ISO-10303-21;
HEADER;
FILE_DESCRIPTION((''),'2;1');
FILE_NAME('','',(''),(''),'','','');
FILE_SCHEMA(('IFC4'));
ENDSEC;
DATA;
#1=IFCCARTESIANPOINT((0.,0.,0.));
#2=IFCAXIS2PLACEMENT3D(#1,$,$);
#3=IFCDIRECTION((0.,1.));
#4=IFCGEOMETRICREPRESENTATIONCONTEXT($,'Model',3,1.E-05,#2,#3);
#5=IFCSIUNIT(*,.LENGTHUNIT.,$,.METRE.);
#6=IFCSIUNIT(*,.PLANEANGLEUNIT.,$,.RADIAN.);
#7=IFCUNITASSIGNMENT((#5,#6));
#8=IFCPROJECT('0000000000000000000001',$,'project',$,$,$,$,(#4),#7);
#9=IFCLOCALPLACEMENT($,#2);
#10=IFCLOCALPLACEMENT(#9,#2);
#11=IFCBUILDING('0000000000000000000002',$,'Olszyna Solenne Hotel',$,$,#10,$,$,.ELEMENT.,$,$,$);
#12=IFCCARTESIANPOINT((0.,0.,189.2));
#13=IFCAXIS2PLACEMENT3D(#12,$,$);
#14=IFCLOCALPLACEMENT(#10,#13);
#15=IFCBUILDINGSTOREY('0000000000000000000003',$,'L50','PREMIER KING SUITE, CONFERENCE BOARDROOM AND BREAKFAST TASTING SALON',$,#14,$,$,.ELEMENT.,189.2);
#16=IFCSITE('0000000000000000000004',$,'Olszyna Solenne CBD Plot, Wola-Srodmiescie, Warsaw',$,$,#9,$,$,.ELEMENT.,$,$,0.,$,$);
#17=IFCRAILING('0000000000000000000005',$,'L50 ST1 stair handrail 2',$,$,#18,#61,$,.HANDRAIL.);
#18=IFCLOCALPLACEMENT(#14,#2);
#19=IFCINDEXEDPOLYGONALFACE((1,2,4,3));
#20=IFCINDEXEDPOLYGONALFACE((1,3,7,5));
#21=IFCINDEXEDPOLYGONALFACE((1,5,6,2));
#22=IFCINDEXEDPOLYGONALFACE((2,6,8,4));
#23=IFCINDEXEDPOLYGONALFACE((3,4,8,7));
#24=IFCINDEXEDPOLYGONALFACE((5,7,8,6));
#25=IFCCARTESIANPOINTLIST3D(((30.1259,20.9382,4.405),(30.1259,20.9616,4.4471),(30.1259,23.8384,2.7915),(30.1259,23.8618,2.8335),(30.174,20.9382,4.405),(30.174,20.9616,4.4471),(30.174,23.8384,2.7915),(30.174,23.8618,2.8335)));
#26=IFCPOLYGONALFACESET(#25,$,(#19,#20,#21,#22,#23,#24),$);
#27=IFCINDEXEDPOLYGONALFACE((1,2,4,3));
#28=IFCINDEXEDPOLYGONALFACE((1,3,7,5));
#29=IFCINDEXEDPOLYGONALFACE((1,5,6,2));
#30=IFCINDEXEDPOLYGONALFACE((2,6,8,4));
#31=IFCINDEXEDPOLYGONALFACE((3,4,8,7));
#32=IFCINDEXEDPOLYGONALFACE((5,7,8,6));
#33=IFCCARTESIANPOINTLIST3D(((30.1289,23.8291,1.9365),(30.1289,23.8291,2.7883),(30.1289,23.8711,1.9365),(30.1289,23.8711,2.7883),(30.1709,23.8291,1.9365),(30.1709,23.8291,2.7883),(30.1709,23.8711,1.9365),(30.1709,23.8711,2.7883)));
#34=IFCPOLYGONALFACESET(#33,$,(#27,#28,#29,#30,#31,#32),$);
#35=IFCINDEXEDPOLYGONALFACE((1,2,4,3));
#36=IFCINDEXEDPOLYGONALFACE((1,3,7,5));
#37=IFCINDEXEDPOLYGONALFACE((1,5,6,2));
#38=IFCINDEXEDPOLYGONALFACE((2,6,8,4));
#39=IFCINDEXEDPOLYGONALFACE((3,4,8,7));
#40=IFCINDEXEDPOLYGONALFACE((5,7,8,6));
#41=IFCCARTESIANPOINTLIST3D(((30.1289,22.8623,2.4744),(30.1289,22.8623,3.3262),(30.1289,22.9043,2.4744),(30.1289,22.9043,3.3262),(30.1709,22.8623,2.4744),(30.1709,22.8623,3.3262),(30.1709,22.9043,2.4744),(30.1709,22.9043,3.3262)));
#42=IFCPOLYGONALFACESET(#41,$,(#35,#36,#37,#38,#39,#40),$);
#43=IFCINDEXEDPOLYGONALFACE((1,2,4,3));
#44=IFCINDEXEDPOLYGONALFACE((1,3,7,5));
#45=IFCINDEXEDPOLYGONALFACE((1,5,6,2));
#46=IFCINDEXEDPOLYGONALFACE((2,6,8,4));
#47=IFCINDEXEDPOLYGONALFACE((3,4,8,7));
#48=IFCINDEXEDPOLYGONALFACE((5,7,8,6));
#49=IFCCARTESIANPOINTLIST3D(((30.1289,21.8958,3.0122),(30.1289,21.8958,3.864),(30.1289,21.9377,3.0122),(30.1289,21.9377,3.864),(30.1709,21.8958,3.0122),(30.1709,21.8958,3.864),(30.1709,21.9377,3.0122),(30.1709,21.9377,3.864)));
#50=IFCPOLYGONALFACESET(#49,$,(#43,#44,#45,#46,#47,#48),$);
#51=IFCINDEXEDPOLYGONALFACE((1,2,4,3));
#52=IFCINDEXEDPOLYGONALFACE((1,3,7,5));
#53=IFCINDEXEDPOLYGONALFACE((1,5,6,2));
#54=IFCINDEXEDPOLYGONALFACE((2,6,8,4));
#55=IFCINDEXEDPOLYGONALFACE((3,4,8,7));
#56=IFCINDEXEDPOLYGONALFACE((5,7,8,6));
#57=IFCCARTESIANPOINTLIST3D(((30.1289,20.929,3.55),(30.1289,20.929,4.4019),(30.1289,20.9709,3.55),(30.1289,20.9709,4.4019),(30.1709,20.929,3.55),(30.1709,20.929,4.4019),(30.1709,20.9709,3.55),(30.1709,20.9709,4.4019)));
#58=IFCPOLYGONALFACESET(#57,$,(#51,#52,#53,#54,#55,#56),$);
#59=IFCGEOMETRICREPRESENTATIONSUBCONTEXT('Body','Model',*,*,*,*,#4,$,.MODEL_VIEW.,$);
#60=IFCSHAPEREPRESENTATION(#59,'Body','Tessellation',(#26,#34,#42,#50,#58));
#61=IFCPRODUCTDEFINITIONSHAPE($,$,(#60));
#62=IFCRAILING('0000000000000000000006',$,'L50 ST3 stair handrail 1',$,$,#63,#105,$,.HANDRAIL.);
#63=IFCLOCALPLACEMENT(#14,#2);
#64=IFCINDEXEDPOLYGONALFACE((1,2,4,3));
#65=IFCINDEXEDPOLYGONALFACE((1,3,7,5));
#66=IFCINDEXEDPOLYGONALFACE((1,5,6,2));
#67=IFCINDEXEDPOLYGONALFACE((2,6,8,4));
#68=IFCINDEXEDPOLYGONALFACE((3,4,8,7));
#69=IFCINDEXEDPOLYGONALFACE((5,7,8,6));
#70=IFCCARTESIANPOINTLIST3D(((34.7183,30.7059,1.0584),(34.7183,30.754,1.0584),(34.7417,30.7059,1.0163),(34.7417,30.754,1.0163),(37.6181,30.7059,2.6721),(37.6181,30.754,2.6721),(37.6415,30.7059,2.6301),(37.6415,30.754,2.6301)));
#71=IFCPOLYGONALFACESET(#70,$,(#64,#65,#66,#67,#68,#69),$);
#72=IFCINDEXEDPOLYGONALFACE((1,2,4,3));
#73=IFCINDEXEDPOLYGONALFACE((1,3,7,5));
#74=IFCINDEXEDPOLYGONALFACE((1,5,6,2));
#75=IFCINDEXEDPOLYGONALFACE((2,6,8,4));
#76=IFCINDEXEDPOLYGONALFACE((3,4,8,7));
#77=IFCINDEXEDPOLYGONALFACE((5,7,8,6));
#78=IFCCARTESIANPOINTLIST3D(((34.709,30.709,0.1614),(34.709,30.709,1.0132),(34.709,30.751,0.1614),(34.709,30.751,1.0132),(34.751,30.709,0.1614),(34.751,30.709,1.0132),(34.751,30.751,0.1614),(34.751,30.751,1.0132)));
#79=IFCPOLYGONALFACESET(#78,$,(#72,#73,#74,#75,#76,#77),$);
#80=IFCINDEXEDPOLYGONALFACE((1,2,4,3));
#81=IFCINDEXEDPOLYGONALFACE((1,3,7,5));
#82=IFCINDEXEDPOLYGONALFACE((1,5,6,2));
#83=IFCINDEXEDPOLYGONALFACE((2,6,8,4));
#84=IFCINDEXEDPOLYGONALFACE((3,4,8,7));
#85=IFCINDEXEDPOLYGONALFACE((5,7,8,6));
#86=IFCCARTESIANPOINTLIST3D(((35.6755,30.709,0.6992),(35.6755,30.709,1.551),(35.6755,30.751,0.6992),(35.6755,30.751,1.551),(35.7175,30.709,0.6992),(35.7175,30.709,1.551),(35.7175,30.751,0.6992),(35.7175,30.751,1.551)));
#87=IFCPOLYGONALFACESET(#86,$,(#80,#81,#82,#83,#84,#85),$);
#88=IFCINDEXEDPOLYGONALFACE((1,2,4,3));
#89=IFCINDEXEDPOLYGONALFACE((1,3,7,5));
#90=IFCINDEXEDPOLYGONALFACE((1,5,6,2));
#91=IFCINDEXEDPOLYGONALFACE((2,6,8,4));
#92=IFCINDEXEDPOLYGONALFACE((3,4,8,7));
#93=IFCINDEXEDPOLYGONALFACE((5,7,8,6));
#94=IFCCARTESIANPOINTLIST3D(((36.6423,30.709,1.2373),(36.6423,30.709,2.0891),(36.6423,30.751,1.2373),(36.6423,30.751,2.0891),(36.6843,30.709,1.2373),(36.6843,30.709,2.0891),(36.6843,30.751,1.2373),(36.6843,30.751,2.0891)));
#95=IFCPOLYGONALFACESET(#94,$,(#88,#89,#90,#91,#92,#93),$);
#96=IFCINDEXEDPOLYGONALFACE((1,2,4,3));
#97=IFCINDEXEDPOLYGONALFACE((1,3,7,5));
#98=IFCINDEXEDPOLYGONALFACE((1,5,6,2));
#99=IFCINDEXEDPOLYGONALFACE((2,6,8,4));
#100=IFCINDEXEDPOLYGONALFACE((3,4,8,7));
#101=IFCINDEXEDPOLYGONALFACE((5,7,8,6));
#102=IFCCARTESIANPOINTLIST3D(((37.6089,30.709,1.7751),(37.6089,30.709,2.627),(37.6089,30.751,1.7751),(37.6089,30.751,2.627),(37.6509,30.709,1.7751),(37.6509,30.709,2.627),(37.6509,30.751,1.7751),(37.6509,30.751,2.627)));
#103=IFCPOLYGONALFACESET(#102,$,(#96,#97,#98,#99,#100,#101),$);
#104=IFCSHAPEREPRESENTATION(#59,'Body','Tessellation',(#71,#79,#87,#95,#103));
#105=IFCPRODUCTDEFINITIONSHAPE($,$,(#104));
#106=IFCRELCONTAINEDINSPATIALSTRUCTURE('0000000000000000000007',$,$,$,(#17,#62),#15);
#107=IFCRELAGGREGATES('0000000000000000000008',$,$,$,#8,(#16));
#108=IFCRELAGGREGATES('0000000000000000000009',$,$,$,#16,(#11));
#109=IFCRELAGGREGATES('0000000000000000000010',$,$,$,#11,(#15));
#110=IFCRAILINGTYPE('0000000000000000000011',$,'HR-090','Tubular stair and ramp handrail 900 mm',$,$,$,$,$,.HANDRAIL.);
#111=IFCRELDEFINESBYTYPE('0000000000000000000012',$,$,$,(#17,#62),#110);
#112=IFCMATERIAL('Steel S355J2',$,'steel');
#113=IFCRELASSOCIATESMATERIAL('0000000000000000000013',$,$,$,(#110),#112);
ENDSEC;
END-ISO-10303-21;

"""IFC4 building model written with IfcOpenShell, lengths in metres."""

from ifc_helpers import new_model, si_unit, direction, frame, origin, origin_2d, place, context, subcontext, project, spatial, rectangle, extrude, material, type_object, element, save


model = new_model("IFC4")

# Units and contexts
model_context = context("Model", 3, precision=1e-05, world=origin(), true_north=direction((0.0, 1.0)))
body_context = subcontext(model_context, "Body", "Model", "MODEL_VIEW")
ifc_project = project(units=[si_unit("LENGTHUNIT", "METRE"), si_unit("PLANEANGLEUNIT", "RADIAN")], contexts=[model_context])

# Site, building, storey
site_placement = place(None, origin())
site = spatial("IfcSite", under=ifc_project, at=site_placement, Name="Olszyna Solenne CBD Plot, Wola-Srodmiescie, Warsaw", CompositionType="ELEMENT", RefElevation=0.0)
building_placement = place(site_placement, origin())
building = spatial("IfcBuilding", under=site, at=building_placement, Name="Olszyna Solenne Hotel", CompositionType="ELEMENT")
storey_placement = place(building_placement, frame((0.0, 0.0, 189.2)))
storey = spatial("IfcBuildingStorey", under=building, at=storey_placement, Name="L50", Description="PREMIER KING SUITE, CONFERENCE BOARDROOM AND BREAKFAST TASTING SALON", CompositionType="ELEMENT", Elevation=189.2)

# Shared definitions
ifc_material_1 = material(Name="Steel S355J2", Category="steel")

# Railings
railing_type_1 = type_object("IfcRailingType", Name="HR-090", Description="Tubular stair and ramp handrail 900 mm", PredefinedType="HANDRAIL", material=ifc_material_1)
railing_1_placement = place(storey_placement, frame((30.1499, 23.8501, 1.9365)))
element("IfcRailing", 1, at=railing_1_placement, inside=storey, type_object=railing_type_1, Name="L50 ST1 stair handrail 2", PredefinedType="HANDRAIL", context=body_context, shape_type="SweptSolid", body=[
    extrude(rectangle(XDim=0.0481, YDim=0.0481, at=origin_2d()), frame((0.0, 0.0, 0.876), z_axis=(0.0, -0.873859, 0.48618), x_axis=(1.0, 0.0, 0.0)), (0.0, 0.0, 1.0), 3.3188),
    extrude(rectangle(XDim=0.042, YDim=0.042, at=origin_2d()), origin(), (0.0, 0.0, 1.0), 0.8518),
    extrude(rectangle(XDim=0.042, YDim=0.042, at=origin_2d()), frame((0.0, -0.9668, 0.5378)), (0.0, 0.0, 1.0), 0.8518),
    extrude(rectangle(XDim=0.042, YDim=0.042, at=origin_2d()), frame((0.0, -1.9333, 1.0757)), (0.0, 0.0, 1.0), 0.8518),
    extrude(rectangle(XDim=0.042, YDim=0.042, at=origin_2d()), frame((0.0, -2.9001, 1.6135)), (0.0, 0.0, 1.0), 0.8518),
])
railing_2_placement = place(storey_placement, frame((34.73, 30.73, 0.1614)))
element("IfcRailing", 2, at=railing_2_placement, inside=storey, type_object=railing_type_1, Name="L50 ST3 stair handrail 1", PredefinedType="HANDRAIL", context=body_context, shape_type="SweptSolid", body=[
    extrude(rectangle(XDim=0.0481, YDim=0.0481, at=origin_2d()), frame((0.0, 0.0, 0.876), z_axis=(0.87381, 0.0, 0.486267), x_axis=(0.0, 1.0, 0.0)), (0.0, 0.0, 1.0), 3.3186),
    extrude(rectangle(XDim=0.042, YDim=0.042, at=origin_2d()), origin(), (0.0, 0.0, 1.0), 0.8518),
    extrude(rectangle(XDim=0.042, YDim=0.042, at=origin_2d()), frame((0.9666, 0.0, 0.5378)), (0.0, 0.0, 1.0), 0.8518),
    extrude(rectangle(XDim=0.042, YDim=0.042, at=origin_2d()), frame((1.9333, 0.0, 1.0759)), (0.0, 0.0, 1.0), 0.8518),
    extrude(rectangle(XDim=0.042, YDim=0.042, at=origin_2d()), frame((2.8999, 0.0, 1.6138)), (0.0, 0.0, 1.0), 0.8518),
])

save(model, "model.ifc")
